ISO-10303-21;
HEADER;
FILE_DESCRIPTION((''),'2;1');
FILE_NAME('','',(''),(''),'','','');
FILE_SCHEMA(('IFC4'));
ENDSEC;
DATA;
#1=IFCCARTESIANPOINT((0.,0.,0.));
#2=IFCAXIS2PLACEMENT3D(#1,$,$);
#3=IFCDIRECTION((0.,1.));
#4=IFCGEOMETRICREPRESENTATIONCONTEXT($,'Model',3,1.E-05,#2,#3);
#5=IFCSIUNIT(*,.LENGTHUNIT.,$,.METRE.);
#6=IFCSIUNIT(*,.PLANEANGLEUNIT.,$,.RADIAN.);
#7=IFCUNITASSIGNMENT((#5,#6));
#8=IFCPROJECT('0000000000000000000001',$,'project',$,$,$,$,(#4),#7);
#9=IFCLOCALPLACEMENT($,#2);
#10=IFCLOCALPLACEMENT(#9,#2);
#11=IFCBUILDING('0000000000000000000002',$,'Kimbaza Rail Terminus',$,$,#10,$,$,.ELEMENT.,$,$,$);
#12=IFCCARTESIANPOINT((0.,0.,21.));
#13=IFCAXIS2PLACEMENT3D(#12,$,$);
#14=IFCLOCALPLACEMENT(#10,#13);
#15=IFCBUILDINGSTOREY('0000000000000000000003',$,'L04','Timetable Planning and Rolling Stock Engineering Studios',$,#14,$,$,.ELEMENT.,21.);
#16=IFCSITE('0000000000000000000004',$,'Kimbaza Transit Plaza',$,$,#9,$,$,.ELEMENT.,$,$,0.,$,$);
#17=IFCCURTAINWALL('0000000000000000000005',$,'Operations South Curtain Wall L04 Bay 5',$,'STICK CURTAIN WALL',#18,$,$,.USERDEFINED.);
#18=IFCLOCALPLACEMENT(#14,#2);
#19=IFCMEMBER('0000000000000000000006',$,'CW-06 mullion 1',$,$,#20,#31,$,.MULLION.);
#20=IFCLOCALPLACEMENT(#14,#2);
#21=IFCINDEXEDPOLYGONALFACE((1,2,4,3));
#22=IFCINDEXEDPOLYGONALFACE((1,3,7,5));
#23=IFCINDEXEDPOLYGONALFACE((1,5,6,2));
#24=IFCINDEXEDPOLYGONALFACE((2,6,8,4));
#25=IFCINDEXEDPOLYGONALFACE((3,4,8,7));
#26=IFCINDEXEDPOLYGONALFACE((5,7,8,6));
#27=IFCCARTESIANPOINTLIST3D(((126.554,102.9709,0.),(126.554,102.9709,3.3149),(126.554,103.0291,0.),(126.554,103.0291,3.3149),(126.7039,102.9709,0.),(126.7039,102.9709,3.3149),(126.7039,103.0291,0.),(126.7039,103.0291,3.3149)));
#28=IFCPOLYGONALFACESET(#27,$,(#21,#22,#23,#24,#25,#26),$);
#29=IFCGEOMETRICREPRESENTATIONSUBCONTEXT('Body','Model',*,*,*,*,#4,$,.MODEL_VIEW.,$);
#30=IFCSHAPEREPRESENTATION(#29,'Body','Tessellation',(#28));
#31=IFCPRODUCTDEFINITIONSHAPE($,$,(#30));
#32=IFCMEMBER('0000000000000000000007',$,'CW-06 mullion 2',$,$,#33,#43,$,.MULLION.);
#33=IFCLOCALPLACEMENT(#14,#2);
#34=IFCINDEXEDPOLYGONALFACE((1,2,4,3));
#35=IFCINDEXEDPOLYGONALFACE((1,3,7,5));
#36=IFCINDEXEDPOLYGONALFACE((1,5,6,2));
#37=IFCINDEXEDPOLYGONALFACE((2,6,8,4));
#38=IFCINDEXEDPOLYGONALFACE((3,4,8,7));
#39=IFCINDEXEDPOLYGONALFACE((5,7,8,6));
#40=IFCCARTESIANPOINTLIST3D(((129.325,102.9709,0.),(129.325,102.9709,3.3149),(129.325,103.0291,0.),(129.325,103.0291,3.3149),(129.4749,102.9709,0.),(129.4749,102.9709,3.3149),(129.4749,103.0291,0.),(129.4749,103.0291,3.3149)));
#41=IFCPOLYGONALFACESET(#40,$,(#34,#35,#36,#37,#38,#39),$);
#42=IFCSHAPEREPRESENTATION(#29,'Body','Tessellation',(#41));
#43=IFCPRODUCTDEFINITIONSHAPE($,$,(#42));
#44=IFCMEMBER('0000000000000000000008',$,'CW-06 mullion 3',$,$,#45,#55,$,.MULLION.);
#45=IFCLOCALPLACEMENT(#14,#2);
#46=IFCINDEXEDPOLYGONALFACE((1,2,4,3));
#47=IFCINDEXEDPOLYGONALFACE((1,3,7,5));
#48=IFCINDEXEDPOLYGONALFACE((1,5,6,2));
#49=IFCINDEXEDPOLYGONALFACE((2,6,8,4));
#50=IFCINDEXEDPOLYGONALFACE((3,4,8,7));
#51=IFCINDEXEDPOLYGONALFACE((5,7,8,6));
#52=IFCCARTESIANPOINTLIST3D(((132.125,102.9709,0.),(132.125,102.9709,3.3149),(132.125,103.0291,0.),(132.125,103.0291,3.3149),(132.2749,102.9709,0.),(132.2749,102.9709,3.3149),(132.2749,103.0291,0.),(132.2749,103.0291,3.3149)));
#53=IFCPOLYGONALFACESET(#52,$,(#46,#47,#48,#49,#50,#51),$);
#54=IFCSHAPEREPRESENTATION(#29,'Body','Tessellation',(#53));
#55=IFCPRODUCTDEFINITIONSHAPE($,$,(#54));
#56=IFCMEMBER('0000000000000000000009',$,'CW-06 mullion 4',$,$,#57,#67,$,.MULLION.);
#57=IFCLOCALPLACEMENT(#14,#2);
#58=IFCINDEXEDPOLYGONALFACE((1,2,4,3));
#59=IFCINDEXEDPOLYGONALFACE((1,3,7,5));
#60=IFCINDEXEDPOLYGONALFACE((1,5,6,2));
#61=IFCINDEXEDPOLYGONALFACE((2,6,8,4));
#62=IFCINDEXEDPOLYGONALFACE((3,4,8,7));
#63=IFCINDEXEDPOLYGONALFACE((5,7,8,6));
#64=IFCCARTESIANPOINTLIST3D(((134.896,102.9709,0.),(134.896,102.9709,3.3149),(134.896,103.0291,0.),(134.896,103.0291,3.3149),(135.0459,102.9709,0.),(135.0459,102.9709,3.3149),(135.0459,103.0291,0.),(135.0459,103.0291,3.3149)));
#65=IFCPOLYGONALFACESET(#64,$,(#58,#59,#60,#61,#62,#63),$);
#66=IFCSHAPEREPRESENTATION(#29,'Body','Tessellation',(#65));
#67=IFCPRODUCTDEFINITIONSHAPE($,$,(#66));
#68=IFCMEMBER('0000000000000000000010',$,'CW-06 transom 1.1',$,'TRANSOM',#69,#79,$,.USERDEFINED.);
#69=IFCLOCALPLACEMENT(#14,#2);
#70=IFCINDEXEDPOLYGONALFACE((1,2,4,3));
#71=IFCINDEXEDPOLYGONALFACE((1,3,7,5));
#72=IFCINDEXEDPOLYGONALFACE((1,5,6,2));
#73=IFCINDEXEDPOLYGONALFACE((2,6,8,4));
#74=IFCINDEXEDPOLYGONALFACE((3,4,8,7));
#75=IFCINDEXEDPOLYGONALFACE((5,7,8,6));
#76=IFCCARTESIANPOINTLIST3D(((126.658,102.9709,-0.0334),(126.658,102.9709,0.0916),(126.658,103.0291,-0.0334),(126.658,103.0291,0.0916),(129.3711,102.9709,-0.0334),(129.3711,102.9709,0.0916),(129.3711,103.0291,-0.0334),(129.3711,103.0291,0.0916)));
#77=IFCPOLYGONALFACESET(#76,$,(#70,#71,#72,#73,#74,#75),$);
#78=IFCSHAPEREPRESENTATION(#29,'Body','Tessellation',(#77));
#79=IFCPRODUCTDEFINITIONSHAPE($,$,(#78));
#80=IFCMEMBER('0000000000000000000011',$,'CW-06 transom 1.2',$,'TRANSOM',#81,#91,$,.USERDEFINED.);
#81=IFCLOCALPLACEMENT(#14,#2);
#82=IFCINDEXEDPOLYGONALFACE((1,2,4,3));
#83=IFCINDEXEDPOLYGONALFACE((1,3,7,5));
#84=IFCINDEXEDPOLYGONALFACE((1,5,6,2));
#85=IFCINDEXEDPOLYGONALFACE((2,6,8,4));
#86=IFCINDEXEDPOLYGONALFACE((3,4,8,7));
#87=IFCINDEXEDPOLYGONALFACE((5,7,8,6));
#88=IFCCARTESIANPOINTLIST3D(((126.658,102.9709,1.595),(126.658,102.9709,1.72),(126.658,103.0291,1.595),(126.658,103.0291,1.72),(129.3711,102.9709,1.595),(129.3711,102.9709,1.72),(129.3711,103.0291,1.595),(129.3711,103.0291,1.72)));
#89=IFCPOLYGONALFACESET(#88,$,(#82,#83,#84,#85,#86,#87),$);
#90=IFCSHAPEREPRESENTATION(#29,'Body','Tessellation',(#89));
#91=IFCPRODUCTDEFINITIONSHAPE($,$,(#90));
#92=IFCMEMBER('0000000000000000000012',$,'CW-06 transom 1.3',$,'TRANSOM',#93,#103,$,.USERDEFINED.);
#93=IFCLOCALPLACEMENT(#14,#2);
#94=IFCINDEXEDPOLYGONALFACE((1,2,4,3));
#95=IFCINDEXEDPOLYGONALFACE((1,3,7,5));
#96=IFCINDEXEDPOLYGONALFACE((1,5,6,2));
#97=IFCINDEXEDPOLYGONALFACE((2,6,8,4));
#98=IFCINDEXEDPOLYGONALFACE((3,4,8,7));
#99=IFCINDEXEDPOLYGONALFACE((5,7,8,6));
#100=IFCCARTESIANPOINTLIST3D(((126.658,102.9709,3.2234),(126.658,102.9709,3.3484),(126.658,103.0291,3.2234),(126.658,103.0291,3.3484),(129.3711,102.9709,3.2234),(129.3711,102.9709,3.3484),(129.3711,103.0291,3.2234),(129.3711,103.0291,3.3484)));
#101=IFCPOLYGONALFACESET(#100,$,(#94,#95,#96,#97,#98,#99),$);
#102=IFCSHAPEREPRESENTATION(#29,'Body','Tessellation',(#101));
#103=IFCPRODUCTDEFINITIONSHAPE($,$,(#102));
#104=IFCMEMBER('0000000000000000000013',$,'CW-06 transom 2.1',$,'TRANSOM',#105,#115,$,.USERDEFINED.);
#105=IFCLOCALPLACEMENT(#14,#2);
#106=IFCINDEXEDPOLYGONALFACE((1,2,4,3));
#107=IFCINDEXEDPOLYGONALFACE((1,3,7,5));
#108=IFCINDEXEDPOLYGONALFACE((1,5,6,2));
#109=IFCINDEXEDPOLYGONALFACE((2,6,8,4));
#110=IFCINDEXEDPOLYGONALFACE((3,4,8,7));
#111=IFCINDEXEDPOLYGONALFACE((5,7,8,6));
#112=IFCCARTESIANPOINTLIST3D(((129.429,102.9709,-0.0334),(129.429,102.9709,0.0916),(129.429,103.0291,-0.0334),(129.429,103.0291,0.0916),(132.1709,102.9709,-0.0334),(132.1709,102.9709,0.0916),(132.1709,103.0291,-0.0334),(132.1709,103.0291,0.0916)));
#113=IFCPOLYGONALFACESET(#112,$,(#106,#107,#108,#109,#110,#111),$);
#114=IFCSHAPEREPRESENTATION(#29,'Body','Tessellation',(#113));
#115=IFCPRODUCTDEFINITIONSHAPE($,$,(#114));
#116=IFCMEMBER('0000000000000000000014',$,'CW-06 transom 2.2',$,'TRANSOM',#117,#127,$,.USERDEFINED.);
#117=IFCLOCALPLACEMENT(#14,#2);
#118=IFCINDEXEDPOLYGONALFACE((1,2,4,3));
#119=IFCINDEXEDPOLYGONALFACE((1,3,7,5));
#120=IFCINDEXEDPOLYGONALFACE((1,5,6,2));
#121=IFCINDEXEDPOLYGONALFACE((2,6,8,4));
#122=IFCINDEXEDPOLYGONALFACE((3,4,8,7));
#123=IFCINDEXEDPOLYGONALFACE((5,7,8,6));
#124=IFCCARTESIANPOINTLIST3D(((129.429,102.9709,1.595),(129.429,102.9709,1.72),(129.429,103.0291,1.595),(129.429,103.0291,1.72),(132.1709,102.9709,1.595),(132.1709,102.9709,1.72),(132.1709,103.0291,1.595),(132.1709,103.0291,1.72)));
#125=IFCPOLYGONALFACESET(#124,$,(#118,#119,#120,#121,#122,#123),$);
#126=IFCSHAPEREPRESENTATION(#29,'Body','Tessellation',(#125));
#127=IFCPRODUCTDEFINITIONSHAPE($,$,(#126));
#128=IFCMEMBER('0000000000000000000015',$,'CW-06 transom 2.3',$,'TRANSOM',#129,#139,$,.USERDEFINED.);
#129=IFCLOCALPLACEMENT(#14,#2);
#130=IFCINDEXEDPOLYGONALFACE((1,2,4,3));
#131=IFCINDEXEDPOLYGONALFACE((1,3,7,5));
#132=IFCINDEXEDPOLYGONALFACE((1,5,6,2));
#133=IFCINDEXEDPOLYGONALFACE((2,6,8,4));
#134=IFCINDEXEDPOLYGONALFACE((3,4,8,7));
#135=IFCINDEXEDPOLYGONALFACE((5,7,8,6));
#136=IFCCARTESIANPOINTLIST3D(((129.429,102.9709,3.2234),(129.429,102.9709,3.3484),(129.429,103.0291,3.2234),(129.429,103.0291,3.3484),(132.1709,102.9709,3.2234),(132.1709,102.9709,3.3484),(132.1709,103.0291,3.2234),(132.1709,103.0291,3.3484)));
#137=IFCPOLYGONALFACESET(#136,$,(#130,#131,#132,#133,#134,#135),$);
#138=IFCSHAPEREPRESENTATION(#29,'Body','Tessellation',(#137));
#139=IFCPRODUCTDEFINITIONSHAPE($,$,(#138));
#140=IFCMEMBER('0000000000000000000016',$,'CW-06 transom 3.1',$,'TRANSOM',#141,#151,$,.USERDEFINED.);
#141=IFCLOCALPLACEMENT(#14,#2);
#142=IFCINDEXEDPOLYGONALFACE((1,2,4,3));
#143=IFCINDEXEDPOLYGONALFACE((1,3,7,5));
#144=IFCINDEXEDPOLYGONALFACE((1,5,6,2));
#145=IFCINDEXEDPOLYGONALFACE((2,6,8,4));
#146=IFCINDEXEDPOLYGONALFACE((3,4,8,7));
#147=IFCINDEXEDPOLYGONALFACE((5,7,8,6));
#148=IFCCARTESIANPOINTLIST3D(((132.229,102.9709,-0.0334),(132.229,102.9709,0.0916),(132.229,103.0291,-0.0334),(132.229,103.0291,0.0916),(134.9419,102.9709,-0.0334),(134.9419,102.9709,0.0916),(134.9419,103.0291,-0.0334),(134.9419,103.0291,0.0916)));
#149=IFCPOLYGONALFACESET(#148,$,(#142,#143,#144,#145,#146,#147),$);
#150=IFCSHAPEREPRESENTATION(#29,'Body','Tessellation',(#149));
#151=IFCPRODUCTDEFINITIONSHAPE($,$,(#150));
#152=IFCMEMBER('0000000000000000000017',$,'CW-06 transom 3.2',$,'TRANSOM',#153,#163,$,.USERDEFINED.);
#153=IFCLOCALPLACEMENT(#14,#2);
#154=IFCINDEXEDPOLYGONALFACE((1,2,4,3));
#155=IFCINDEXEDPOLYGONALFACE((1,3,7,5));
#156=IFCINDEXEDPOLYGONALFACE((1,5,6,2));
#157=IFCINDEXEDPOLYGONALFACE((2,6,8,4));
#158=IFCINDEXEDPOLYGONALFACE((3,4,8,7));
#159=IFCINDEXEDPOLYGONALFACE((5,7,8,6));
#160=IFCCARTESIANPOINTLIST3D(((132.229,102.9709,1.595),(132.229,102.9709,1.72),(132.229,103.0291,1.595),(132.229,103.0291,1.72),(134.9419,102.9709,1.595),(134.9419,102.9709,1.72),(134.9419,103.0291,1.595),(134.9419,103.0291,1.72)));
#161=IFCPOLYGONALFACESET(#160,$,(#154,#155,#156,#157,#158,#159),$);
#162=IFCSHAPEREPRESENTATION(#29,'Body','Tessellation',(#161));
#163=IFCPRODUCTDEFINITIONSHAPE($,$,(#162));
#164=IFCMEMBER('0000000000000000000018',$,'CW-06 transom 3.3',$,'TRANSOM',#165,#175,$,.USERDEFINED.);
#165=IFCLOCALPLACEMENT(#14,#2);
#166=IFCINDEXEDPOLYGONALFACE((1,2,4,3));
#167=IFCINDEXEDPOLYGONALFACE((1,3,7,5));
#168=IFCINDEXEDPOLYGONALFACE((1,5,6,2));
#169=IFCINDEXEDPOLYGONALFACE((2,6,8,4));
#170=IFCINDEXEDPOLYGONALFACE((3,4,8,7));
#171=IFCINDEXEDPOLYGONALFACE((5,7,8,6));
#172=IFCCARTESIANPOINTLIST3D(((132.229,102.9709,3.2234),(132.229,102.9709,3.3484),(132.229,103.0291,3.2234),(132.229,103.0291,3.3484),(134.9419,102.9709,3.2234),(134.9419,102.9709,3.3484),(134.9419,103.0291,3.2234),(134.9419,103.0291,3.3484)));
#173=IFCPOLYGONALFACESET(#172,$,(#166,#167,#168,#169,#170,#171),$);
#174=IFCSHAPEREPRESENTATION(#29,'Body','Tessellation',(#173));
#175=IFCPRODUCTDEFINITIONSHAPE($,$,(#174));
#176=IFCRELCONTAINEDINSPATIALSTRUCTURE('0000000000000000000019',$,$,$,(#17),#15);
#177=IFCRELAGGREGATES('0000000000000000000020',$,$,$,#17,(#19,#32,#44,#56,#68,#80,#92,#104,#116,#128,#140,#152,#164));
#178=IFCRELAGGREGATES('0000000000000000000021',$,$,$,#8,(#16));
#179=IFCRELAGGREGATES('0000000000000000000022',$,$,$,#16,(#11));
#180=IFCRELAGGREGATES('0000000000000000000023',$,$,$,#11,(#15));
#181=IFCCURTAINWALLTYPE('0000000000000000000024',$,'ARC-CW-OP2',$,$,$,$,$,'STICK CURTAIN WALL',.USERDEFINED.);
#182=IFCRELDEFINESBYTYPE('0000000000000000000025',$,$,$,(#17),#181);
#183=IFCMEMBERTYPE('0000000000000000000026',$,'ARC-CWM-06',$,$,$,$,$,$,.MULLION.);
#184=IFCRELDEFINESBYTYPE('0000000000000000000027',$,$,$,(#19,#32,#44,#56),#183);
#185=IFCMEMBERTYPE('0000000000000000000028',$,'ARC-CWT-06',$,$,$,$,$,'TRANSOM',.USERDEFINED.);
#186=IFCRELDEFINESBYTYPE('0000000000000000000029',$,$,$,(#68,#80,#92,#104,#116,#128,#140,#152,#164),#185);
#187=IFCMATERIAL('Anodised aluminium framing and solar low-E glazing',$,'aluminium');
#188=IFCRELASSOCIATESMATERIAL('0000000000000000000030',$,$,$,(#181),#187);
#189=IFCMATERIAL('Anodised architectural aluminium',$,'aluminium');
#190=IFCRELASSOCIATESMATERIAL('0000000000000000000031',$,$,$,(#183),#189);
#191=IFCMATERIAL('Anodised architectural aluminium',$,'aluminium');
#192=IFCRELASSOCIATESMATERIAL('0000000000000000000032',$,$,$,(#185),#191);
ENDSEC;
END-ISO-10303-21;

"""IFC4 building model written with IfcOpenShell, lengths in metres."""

from ifc_helpers import new_model, si_unit, direction, frame, origin, origin_2d, place, context, subcontext, project, spatial, rectangle, extrude, material, material_profile, profile_set, type_object, element, aggregate, save


model = new_model("IFC4")

# Units and contexts
model_context = context("Model", 3, precision=1e-05, world=origin(), true_north=direction((0.0, 1.0)))
body_context = subcontext(model_context, "Body", "Model", "MODEL_VIEW")
ifc_project = project(units=[si_unit("LENGTHUNIT", "METRE"), si_unit("PLANEANGLEUNIT", "RADIAN")], contexts=[model_context])

# Site, building, storey
site_placement = place(None, origin())
site = spatial("IfcSite", under=ifc_project, at=site_placement, Name="Kimbaza Transit Plaza", CompositionType="ELEMENT", RefElevation=0.0)
building_placement = place(site_placement, origin())
building = spatial("IfcBuilding", under=site, at=building_placement, Name="Kimbaza Rail Terminus", CompositionType="ELEMENT")
storey_placement = place(building_placement, frame((0.0, 0.0, 21.0)))
storey = spatial("IfcBuildingStorey", under=building, at=storey_placement, Name="L04", Description="Timetable Planning and Rolling Stock Engineering Studios", CompositionType="ELEMENT", Elevation=21.0)

# Curtain wall, members
ifc_material_1 = material(Name="Anodised aluminium framing and solar low-E glazing", Category="aluminium")
curtain_wall_type = type_object("IfcCurtainWallType", Name="ARC-CW-OP2", ElementType="STICK CURTAIN WALL", PredefinedType="USERDEFINED", material=ifc_material_1)
curtain_wall_placement = place(storey_placement, origin())
curtain_wall = element("IfcCurtainWall", 1, at=curtain_wall_placement, inside=storey, type_object=curtain_wall_type, Name="Operations South Curtain Wall L04 Bay 5", ObjectType="STICK CURTAIN WALL", PredefinedType="USERDEFINED")
ifc_material_2 = material(Name="Anodised architectural aluminium", Category="aluminium")
ifc_material_profile_1 = material_profile(ifc_material_2, rectangle(XDim=0.0581, YDim=0.1499, at=origin_2d()), Name="MULLION 58x150")
ifc_profile_set_1 = profile_set([ifc_material_profile_1], Name="Anodised architectural aluminium")
member_type_1 = type_object("IfcMemberType", Name="ARC-CWM-06", PredefinedType="MULLION", material=ifc_profile_set_1)
member_1_placement = place(storey_placement, frame((126.6289, 103.0, 0.0), z_axis=(0.0, 0.0, 1.0), x_axis=(0.0, 1.0, 0.0)))
member_1 = element("IfcMember", 2, at=member_1_placement, type_object=member_type_1, Name="CW-06 mullion 1", PredefinedType="MULLION", context=body_context, shape_type="SweptSolid", body=[
    extrude(rectangle(XDim=0.0581, YDim=0.1499, at=origin_2d()), origin(), (0.0, 0.0, 1.0), 3.3149),
])
member_2_placement = place(storey_placement, frame((129.3999, 103.0, 0.0), z_axis=(0.0, 0.0, 1.0), x_axis=(0.0, 1.0, 0.0)))
member_2 = element("IfcMember", 3, at=member_2_placement, type_object=member_type_1, Name="CW-06 mullion 2", PredefinedType="MULLION", context=body_context, shape_type="SweptSolid", body=[
    extrude(rectangle(XDim=0.0581, YDim=0.1499, at=origin_2d()), origin(), (0.0, 0.0, 1.0), 3.3149),
])
member_3_placement = place(storey_placement, frame((132.2, 103.0, 0.0), z_axis=(0.0, 0.0, 1.0), x_axis=(0.0, 1.0, 0.0)))
member_3 = element("IfcMember", 4, at=member_3_placement, type_object=member_type_1, Name="CW-06 mullion 3", PredefinedType="MULLION", context=body_context, shape_type="SweptSolid", body=[
    extrude(rectangle(XDim=0.0581, YDim=0.1499, at=origin_2d()), origin(), (0.0, 0.0, 1.0), 3.3149),
])
member_4_placement = place(storey_placement, frame((134.9709, 103.0, 0.0), z_axis=(0.0, 0.0, 1.0), x_axis=(0.0, 1.0, 0.0)))
member_4 = element("IfcMember", 5, at=member_4_placement, type_object=member_type_1, Name="CW-06 mullion 4", PredefinedType="MULLION", context=body_context, shape_type="SweptSolid", body=[
    extrude(rectangle(XDim=0.0581, YDim=0.1499, at=origin_2d()), origin(), (0.0, 0.0, 1.0), 3.3149),
])
ifc_material_3 = material(Name="Anodised architectural aluminium", Category="aluminium")
ifc_material_profile_2 = material_profile(ifc_material_3, rectangle(XDim=0.0581, YDim=0.125, at=origin_2d()), Name="TRANSOM 58x125")
ifc_profile_set_2 = profile_set([ifc_material_profile_2], Name="Anodised architectural aluminium")
member_type_2 = type_object("IfcMemberType", Name="ARC-CWT-06", ElementType="TRANSOM", PredefinedType="USERDEFINED", material=ifc_profile_set_2)
member_5_placement = place(storey_placement, frame((126.658, 103.0, 0.0291), z_axis=(1.0, 0.0, 0.0), x_axis=(0.0, 1.0, 0.0)))
member_5 = element("IfcMember", 6, at=member_5_placement, type_object=member_type_2, Name="CW-06 transom 1.1", ObjectType="TRANSOM", PredefinedType="USERDEFINED", context=body_context, shape_type="SweptSolid", body=[
    extrude(rectangle(XDim=0.0581, YDim=0.125, at=origin_2d()), origin(), (0.0, 0.0, 1.0), 2.7131),
])
member_6_placement = place(storey_placement, frame((126.658, 103.0, 1.6575), z_axis=(1.0, 0.0, 0.0), x_axis=(0.0, 1.0, 0.0)))
member_6 = element("IfcMember", 7, at=member_6_placement, type_object=member_type_2, Name="CW-06 transom 1.2", ObjectType="TRANSOM", PredefinedType="USERDEFINED", context=body_context, shape_type="SweptSolid", body=[
    extrude(rectangle(XDim=0.0581, YDim=0.125, at=origin_2d()), origin(), (0.0, 0.0, 1.0), 2.7131),
])
member_7_placement = place(storey_placement, frame((126.658, 103.0, 3.2859), z_axis=(1.0, 0.0, 0.0), x_axis=(0.0, 1.0, 0.0)))
member_7 = element("IfcMember", 8, at=member_7_placement, type_object=member_type_2, Name="CW-06 transom 1.3", ObjectType="TRANSOM", PredefinedType="USERDEFINED", context=body_context, shape_type="SweptSolid", body=[
    extrude(rectangle(XDim=0.0581, YDim=0.125, at=origin_2d()), origin(), (0.0, 0.0, 1.0), 2.7131),
])
member_8_placement = place(storey_placement, frame((129.429, 103.0, 0.0291), z_axis=(1.0, 0.0, 0.0), x_axis=(0.0, 1.0, 0.0)))
member_8 = element("IfcMember", 9, at=member_8_placement, type_object=member_type_2, Name="CW-06 transom 2.1", ObjectType="TRANSOM", PredefinedType="USERDEFINED", context=body_context, shape_type="SweptSolid", body=[
    extrude(rectangle(XDim=0.0581, YDim=0.125, at=origin_2d()), origin(), (0.0, 0.0, 1.0), 2.7419),
])
member_9_placement = place(storey_placement, frame((129.429, 103.0, 1.6575), z_axis=(1.0, 0.0, 0.0), x_axis=(0.0, 1.0, 0.0)))
member_9 = element("IfcMember", 10, at=member_9_placement, type_object=member_type_2, Name="CW-06 transom 2.2", ObjectType="TRANSOM", PredefinedType="USERDEFINED", context=body_context, shape_type="SweptSolid", body=[
    extrude(rectangle(XDim=0.0581, YDim=0.125, at=origin_2d()), origin(), (0.0, 0.0, 1.0), 2.7419),
])
member_10_placement = place(storey_placement, frame((129.429, 103.0, 3.2859), z_axis=(1.0, 0.0, 0.0), x_axis=(0.0, 1.0, 0.0)))
member_10 = element("IfcMember", 11, at=member_10_placement, type_object=member_type_2, Name="CW-06 transom 2.3", ObjectType="TRANSOM", PredefinedType="USERDEFINED", context=body_context, shape_type="SweptSolid", body=[
    extrude(rectangle(XDim=0.0581, YDim=0.125, at=origin_2d()), origin(), (0.0, 0.0, 1.0), 2.7419),
])
member_11_placement = place(storey_placement, frame((132.229, 103.0, 0.0291), z_axis=(1.0, 0.0, 0.0), x_axis=(0.0, 1.0, 0.0)))
member_11 = element("IfcMember", 12, at=member_11_placement, type_object=member_type_2, Name="CW-06 transom 3.1", ObjectType="TRANSOM", PredefinedType="USERDEFINED", context=body_context, shape_type="SweptSolid", body=[
    extrude(rectangle(XDim=0.0581, YDim=0.125, at=origin_2d()), origin(), (0.0, 0.0, 1.0), 2.7129),
])
member_12_placement = place(storey_placement, frame((132.229, 103.0, 1.6575), z_axis=(1.0, 0.0, 0.0), x_axis=(0.0, 1.0, 0.0)))
member_12 = element("IfcMember", 13, at=member_12_placement, type_object=member_type_2, Name="CW-06 transom 3.2", ObjectType="TRANSOM", PredefinedType="USERDEFINED", context=body_context, shape_type="SweptSolid", body=[
    extrude(rectangle(XDim=0.0581, YDim=0.125, at=origin_2d()), origin(), (0.0, 0.0, 1.0), 2.7129),
])
member_13_placement = place(storey_placement, frame((132.229, 103.0, 3.2859), z_axis=(1.0, 0.0, 0.0), x_axis=(0.0, 1.0, 0.0)))
member_13 = element("IfcMember", 14, at=member_13_placement, type_object=member_type_2, Name="CW-06 transom 3.3", ObjectType="TRANSOM", PredefinedType="USERDEFINED", context=body_context, shape_type="SweptSolid", body=[
    extrude(rectangle(XDim=0.0581, YDim=0.125, at=origin_2d()), origin(), (0.0, 0.0, 1.0), 2.7129),
])

aggregate(curtain_wall, [member_1, member_2, member_3, member_4, member_5, member_6, member_7, member_8, member_9, member_10, member_11, member_12, member_13])

save(model, "model.ifc")
